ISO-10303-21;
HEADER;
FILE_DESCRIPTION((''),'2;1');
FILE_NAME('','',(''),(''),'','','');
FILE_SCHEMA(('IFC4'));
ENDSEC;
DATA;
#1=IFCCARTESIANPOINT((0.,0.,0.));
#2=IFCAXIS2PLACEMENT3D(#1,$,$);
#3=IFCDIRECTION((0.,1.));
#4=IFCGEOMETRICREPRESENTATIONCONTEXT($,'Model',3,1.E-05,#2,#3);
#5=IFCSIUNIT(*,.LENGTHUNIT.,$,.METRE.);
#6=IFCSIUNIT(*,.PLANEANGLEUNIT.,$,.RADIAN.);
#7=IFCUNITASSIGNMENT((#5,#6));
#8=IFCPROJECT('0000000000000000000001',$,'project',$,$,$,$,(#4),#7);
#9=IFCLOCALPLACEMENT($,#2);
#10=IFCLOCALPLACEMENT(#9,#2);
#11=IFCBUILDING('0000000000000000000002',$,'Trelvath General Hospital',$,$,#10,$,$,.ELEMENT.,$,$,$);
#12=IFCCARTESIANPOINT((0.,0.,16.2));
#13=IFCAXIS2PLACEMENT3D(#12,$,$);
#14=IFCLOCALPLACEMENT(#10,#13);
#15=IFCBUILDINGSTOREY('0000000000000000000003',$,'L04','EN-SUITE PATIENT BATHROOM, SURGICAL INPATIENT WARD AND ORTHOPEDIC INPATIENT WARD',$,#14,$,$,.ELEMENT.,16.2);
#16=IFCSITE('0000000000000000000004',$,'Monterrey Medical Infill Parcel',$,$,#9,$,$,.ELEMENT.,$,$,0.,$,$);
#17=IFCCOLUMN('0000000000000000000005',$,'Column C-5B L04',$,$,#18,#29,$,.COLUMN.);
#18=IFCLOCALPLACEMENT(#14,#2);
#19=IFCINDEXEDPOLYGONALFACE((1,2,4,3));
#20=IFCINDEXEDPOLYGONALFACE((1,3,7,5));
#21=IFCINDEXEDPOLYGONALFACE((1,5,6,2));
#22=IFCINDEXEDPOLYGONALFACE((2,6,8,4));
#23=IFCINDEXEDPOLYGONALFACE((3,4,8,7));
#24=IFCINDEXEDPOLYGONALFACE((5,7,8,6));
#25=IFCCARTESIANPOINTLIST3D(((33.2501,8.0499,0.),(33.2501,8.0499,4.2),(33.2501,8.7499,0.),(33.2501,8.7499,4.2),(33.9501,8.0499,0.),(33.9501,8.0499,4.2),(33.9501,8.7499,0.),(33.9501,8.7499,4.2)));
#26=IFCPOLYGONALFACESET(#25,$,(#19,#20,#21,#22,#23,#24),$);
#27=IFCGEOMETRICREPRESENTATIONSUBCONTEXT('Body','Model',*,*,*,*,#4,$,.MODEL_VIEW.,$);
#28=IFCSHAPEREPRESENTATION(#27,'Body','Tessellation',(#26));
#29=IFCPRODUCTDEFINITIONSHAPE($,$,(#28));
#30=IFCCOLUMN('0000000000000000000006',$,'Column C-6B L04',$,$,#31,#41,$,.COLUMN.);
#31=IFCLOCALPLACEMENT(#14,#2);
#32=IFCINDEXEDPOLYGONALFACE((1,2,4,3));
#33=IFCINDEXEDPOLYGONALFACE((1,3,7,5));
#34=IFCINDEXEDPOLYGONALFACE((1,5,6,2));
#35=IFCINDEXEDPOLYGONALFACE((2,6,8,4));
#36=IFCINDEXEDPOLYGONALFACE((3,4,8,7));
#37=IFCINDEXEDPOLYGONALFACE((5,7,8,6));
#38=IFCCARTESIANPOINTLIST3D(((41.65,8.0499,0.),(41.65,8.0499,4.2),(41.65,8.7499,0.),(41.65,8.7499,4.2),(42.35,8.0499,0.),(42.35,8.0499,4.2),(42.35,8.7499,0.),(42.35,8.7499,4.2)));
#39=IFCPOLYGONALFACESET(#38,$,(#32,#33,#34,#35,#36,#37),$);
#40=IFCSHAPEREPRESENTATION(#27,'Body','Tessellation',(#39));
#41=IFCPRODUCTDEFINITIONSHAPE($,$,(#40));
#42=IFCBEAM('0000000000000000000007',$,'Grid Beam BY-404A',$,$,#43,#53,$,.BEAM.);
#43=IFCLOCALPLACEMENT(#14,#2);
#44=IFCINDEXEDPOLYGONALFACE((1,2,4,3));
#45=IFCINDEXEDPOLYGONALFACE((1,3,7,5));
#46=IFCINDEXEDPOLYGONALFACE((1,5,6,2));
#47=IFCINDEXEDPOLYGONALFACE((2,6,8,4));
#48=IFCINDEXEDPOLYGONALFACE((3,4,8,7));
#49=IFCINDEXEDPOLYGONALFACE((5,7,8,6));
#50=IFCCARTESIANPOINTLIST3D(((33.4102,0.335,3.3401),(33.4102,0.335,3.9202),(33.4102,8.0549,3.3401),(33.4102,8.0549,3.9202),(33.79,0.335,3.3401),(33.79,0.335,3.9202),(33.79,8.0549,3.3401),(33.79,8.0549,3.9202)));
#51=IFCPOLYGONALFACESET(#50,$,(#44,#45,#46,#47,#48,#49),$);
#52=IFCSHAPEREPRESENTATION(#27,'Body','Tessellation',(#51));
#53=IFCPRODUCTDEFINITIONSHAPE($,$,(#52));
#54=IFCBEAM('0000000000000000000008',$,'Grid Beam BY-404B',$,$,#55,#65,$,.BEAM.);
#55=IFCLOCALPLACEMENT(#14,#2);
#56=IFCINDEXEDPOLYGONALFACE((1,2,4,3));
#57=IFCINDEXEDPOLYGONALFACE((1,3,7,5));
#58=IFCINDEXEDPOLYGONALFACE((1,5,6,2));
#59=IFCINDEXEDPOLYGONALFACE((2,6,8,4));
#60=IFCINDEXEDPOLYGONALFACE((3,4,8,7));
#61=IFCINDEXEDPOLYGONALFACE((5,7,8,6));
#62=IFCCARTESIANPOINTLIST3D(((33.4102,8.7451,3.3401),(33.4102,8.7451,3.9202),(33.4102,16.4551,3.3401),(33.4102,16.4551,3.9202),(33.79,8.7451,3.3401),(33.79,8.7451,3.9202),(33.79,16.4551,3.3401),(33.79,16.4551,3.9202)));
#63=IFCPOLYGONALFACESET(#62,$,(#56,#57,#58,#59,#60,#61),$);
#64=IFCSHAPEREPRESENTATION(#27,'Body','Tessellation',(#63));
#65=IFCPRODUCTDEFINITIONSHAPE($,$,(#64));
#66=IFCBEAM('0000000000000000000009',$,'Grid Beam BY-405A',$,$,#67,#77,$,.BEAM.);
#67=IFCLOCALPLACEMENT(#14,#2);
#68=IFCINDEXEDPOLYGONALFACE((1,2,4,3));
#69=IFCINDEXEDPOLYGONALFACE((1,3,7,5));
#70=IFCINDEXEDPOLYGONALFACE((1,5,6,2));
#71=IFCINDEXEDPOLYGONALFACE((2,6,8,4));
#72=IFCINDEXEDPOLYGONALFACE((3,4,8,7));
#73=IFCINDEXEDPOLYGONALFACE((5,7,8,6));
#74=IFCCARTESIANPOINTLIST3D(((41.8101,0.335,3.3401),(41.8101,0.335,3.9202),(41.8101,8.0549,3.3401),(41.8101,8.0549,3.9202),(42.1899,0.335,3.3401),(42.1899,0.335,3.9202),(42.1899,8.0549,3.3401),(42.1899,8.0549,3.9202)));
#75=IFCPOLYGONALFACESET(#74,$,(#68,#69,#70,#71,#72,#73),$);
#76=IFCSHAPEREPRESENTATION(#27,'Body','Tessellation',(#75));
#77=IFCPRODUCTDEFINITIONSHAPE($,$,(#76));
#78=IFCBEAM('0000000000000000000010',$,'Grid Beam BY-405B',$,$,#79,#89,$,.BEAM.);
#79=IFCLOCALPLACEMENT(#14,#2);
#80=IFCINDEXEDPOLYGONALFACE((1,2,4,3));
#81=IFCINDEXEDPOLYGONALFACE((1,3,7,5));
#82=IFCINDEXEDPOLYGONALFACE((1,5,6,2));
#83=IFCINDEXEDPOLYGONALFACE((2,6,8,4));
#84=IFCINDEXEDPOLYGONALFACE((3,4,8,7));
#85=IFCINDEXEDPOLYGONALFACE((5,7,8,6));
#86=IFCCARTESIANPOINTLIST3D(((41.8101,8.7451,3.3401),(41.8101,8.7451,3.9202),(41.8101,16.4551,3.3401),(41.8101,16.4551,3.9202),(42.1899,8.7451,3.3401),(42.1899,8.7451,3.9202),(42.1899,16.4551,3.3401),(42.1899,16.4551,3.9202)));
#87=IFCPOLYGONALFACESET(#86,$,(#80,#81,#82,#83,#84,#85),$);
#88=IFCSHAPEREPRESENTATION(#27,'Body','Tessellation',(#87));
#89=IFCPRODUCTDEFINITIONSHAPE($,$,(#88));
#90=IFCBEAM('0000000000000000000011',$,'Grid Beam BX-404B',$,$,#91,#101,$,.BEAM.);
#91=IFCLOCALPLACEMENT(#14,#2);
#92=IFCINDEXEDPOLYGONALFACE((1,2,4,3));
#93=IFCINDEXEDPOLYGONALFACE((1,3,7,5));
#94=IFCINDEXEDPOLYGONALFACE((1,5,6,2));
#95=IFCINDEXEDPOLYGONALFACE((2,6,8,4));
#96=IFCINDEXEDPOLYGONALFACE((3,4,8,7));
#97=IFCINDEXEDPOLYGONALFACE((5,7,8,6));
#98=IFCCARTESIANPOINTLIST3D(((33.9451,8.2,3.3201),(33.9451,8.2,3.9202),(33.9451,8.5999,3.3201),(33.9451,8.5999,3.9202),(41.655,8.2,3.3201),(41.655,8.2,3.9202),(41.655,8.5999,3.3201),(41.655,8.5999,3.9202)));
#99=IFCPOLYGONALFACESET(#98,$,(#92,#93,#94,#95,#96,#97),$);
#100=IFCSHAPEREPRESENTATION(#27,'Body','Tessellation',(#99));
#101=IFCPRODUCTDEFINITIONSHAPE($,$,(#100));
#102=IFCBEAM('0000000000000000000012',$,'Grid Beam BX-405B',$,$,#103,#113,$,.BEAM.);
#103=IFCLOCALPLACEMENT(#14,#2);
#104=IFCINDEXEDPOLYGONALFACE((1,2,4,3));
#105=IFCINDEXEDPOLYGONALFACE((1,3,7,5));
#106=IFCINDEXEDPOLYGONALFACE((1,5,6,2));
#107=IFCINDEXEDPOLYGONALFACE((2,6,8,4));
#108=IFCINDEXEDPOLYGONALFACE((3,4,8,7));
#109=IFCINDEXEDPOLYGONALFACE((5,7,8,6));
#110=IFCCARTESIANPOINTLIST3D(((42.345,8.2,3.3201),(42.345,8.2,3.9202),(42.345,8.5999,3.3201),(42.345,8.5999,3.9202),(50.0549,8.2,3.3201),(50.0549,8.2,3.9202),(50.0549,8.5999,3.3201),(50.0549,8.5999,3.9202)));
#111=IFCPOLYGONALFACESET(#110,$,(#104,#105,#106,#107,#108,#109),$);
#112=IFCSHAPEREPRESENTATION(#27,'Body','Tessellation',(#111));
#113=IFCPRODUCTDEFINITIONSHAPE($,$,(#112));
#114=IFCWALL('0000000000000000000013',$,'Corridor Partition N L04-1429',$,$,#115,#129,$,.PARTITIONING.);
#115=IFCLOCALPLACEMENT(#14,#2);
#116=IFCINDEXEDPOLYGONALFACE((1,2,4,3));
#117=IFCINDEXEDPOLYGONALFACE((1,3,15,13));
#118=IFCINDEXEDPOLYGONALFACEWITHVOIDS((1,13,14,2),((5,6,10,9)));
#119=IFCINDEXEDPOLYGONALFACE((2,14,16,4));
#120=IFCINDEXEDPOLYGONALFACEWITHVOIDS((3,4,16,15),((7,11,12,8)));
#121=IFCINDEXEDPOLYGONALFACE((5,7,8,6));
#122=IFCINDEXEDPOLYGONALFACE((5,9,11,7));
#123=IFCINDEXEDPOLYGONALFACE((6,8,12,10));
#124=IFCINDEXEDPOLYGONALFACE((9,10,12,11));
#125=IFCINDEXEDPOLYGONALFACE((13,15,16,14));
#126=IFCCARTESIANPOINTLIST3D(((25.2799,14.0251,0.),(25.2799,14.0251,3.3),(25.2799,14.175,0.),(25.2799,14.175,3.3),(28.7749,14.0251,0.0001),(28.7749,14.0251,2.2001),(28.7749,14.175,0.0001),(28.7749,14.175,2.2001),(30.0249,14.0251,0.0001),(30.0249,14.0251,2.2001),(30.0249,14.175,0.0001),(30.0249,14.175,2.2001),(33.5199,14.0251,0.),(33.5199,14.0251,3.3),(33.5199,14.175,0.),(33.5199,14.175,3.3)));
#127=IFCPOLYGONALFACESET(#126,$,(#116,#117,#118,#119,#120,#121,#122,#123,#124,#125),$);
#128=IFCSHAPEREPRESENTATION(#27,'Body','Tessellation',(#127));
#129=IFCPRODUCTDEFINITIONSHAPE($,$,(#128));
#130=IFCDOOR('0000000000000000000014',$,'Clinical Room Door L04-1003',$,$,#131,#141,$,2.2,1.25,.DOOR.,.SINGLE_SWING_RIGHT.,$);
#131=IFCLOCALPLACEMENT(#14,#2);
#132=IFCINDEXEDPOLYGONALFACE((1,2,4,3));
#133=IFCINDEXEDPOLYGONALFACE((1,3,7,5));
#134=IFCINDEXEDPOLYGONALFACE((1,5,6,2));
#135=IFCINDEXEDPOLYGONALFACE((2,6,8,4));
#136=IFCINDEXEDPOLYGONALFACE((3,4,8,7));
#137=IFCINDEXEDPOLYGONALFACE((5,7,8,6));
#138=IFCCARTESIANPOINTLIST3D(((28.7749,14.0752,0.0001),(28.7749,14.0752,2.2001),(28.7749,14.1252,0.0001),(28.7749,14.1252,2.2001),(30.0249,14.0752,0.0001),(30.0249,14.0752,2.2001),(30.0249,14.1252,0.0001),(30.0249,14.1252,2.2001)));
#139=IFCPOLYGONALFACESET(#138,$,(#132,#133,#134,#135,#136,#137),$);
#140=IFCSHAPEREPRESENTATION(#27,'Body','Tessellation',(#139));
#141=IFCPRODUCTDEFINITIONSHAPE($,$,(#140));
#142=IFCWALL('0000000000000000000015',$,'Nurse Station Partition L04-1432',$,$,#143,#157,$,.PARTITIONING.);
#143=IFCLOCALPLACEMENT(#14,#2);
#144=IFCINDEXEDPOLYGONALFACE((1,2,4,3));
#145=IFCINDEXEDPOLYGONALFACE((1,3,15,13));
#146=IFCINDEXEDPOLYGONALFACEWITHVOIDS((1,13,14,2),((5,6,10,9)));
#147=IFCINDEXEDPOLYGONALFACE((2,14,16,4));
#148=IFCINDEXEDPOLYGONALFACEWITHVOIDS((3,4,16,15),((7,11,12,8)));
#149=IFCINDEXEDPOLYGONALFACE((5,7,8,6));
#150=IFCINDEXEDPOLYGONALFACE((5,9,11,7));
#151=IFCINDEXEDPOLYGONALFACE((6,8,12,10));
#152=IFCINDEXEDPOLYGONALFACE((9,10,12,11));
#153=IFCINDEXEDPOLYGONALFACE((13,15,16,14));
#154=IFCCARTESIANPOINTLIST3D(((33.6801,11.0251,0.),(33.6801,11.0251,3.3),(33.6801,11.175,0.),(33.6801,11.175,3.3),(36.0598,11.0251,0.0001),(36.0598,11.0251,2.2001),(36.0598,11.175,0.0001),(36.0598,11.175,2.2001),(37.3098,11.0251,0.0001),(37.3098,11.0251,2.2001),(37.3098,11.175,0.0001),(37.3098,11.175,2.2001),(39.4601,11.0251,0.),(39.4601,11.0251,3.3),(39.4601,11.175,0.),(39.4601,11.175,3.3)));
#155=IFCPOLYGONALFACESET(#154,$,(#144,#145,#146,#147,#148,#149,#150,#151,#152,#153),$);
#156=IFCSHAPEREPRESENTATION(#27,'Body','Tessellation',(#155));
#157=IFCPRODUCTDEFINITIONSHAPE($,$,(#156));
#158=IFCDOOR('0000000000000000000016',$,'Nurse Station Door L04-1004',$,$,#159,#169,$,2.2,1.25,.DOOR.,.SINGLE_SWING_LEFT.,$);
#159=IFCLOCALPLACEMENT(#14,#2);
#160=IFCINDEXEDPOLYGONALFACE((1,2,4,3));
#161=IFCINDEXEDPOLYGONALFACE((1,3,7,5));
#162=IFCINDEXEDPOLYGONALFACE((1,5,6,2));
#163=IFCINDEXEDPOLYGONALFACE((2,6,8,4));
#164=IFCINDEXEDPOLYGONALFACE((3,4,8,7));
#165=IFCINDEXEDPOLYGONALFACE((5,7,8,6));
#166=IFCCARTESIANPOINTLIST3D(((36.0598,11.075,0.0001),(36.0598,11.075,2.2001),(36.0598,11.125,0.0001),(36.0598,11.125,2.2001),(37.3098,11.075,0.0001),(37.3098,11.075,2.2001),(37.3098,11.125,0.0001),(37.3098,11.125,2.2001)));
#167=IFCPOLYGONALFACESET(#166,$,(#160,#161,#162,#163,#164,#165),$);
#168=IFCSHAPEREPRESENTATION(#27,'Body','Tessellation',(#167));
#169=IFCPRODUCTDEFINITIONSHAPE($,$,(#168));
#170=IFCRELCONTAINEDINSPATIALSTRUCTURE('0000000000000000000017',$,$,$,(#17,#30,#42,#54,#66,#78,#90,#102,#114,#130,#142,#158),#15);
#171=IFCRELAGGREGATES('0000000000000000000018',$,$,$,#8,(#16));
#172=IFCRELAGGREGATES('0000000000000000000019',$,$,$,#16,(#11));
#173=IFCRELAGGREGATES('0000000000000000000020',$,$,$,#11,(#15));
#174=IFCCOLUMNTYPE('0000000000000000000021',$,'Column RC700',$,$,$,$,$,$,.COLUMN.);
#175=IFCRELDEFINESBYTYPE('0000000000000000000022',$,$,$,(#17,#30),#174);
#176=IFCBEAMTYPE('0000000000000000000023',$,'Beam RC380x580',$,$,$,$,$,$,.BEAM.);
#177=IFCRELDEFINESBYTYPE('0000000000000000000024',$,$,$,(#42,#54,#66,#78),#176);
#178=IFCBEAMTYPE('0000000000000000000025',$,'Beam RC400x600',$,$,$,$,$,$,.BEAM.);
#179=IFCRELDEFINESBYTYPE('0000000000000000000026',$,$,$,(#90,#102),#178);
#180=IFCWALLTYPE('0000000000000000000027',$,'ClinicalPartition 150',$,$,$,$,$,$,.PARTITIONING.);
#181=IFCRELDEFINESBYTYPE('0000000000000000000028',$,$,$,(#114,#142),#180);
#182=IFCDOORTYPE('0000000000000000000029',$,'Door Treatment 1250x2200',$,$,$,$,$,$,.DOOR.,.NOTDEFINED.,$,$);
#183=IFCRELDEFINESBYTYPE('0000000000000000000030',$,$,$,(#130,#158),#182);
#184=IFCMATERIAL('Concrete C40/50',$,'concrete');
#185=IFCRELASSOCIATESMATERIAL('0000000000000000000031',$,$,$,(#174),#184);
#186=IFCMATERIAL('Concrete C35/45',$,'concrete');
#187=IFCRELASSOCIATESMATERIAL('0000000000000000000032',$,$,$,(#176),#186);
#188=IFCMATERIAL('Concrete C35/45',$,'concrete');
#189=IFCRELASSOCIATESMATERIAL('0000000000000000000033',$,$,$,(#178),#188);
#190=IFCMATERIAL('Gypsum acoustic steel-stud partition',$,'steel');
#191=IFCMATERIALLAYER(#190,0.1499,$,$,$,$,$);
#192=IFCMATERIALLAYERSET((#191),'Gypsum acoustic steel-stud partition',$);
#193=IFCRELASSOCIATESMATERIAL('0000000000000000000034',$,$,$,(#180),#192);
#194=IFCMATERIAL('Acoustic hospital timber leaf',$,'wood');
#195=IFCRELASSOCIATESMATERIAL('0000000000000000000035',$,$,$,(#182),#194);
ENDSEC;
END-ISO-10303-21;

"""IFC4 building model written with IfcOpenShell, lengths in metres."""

from ifc_helpers import new_model, si_unit, direction, frame, frame_2d, origin, origin_2d, place, context, subcontext, project, spatial, rectangle, extrude, material, layer, layer_set, material_profile, profile_set, type_object, element, fill, save


model = new_model("IFC4")

# Units and contexts
model_context = context("Model", 3, precision=1e-05, world=origin(), true_north=direction((0.0, 1.0)))
body_context = subcontext(model_context, "Body", "Model", "MODEL_VIEW")
ifc_project = project(units=[si_unit("LENGTHUNIT", "METRE"), si_unit("PLANEANGLEUNIT", "RADIAN")], contexts=[model_context])

# Site, building, storey
site_placement = place(None, origin())
site = spatial("IfcSite", under=ifc_project, at=site_placement, Name="Monterrey Medical Infill Parcel", CompositionType="ELEMENT", RefElevation=0.0)
building_placement = place(site_placement, origin())
building = spatial("IfcBuilding", under=site, at=building_placement, Name="Trelvath General Hospital", CompositionType="ELEMENT")
storey_placement = place(building_placement, frame((0.0, 0.0, 16.2)))
storey = spatial("IfcBuildingStorey", under=building, at=storey_placement, Name="L04", Description="EN-SUITE PATIENT BATHROOM, SURGICAL INPATIENT WARD AND ORTHOPEDIC INPATIENT WARD", CompositionType="ELEMENT", Elevation=16.2)

# Columns
ifc_material_1 = material(Name="Concrete C40/50", Category="concrete")
ifc_material_profile_1 = material_profile(ifc_material_1, rectangle(XDim=0.7, YDim=0.7, at=origin_2d()), Name="RC700x700")
ifc_profile_set_1 = profile_set([ifc_material_profile_1], Name="Concrete C40/50")
column_type = type_object("IfcColumnType", Name="Column RC700", PredefinedType="COLUMN", material=ifc_profile_set_1)
for number, where, z_axis, x_axis, name in (
    (1, (33.6001, 8.3999, 0.0), (0.0, 0.0, 1.0), (1.0, 0.0, 0.0), "Column C-5B L04"),
    (2, (42.0, 8.3999, 0.0), (0.0, 0.0, 1.0), (1.0, 0.0, 0.0), "Column C-6B L04"),
):
    element("IfcColumn", number, at=place(storey_placement, frame(where, z_axis=z_axis, x_axis=x_axis)), inside=storey, type_object=column_type, Name=name, PredefinedType="COLUMN", context=body_context, shape_type="SweptSolid", body=[
        extrude(rectangle(XDim=0.7, YDim=0.7, at=origin_2d()), origin(), (0.0, 0.0, 1.0), 4.2),
    ])

# Beams
ifc_material_2 = material(Name="Concrete C35/45", Category="concrete")
ifc_material_profile_2 = material_profile(ifc_material_2, rectangle(XDim=0.3799, YDim=0.5801, at=origin_2d()), Name="RCB380x580")
ifc_profile_set_2 = profile_set([ifc_material_profile_2], Name="Concrete C35/45")
beam_type_1 = type_object("IfcBeamType", Name="Beam RC380x580", PredefinedType="BEAM", material=ifc_profile_set_2)
beam_1_placement = place(storey_placement, frame((33.6001, 0.335, 3.6301), z_axis=(0.0, 1.0, 0.0), x_axis=(-1.0, 0.0, 0.0)))
element("IfcBeam", 3, at=beam_1_placement, inside=storey, type_object=beam_type_1, Name="Grid Beam BY-404A", PredefinedType="BEAM", context=body_context, shape_type="SweptSolid", body=[
    extrude(rectangle(XDim=0.3799, YDim=0.5801, at=origin_2d()), origin(), (0.0, 0.0, 1.0), 7.72),
])
beam_2_placement = place(storey_placement, frame((33.6001, 8.7451, 3.6301), z_axis=(0.0, 1.0, 0.0), x_axis=(-1.0, 0.0, 0.0)))
element("IfcBeam", 4, at=beam_2_placement, inside=storey, type_object=beam_type_1, Name="Grid Beam BY-404B", PredefinedType="BEAM", context=body_context, shape_type="SweptSolid", body=[
    extrude(rectangle(XDim=0.3799, YDim=0.5801, at=origin_2d()), origin(), (0.0, 0.0, 1.0), 7.71),
])
beam_3_placement = place(storey_placement, frame((42.0, 0.335, 3.6301), z_axis=(0.0, 1.0, 0.0), x_axis=(-1.0, 0.0, 0.0)))
element("IfcBeam", 5, at=beam_3_placement, inside=storey, type_object=beam_type_1, Name="Grid Beam BY-405A", PredefinedType="BEAM", context=body_context, shape_type="SweptSolid", body=[
    extrude(rectangle(XDim=0.3799, YDim=0.5801, at=origin_2d()), origin(), (0.0, 0.0, 1.0), 7.72),
])
beam_4_placement = place(storey_placement, frame((42.0, 8.7451, 3.6301), z_axis=(0.0, 1.0, 0.0), x_axis=(-1.0, 0.0, 0.0)))
element("IfcBeam", 6, at=beam_4_placement, inside=storey, type_object=beam_type_1, Name="Grid Beam BY-405B", PredefinedType="BEAM", context=body_context, shape_type="SweptSolid", body=[
    extrude(rectangle(XDim=0.3799, YDim=0.5801, at=origin_2d()), origin(), (0.0, 0.0, 1.0), 7.71),
])
ifc_material_3 = material(Name="Concrete C35/45", Category="concrete")
ifc_material_profile_3 = material_profile(ifc_material_3, rectangle(XDim=0.3999, YDim=0.6001, at=origin_2d()), Name="RCB400x600")
ifc_profile_set_3 = profile_set([ifc_material_profile_3], Name="Concrete C35/45")
beam_type_2 = type_object("IfcBeamType", Name="Beam RC400x600", PredefinedType="BEAM", material=ifc_profile_set_3)
for number, where, z_axis, x_axis, name in (
    (7, (33.9451, 8.3999, 3.6201), (1.0, 0.0, 0.0), (0.0, 1.0, 0.0), "Grid Beam BX-404B"),
    (8, (42.345, 8.3999, 3.6201), (1.0, 0.0, 0.0), (0.0, 1.0, 0.0), "Grid Beam BX-405B"),
):
    element("IfcBeam", number, at=place(storey_placement, frame(where, z_axis=z_axis, x_axis=x_axis)), inside=storey, type_object=beam_type_2, Name=name, PredefinedType="BEAM", context=body_context, shape_type="SweptSolid", body=[
        extrude(rectangle(XDim=0.3999, YDim=0.6001, at=origin_2d()), origin(), (0.0, 0.0, 1.0), 7.71),
    ])

# Walls, openings, doors
ifc_material_4 = material(Name="Gypsum acoustic steel-stud partition", Category="steel")
ifc_layer_1 = layer(ifc_material_4, 0.1499)
ifc_layer_set_1 = layer_set([ifc_layer_1], Name="Gypsum acoustic steel-stud partition")
wall_type_1 = type_object("IfcWallType", Name="ClinicalPartition 150", PredefinedType="PARTITIONING", material=ifc_layer_set_1)
wall_1_placement = place(storey_placement, frame((33.52, 14.1001, 0.0), z_axis=(0.0, 0.0, 1.0), x_axis=(-1.0, 0.0, 0.0)))
wall_1 = element("IfcWall", 9, at=wall_1_placement, inside=storey, type_object=wall_type_1, Name="Corridor Partition N L04-1429", PredefinedType="PARTITIONING", context=body_context, shape_type="SweptSolid", body=[
    extrude(rectangle(XDim=8.24, YDim=0.1499, at=frame_2d((4.1201, 0.0))), origin(), (0.0, 0.0, 1.0), 3.3),
])
opening_1_placement = place(wall_1_placement, frame((3.4951, 0.0, 0.0)))
opening_1 = element("IfcOpeningElement", 10, at=opening_1_placement, cuts=wall_1, PredefinedType="OPENING", context=body_context, shape_type="SweptSolid", body=[
    extrude(rectangle(XDim=1.25, YDim=2.2, at=frame_2d((0.625, 1.1001))), frame((0.0, 0.085, 0.0), z_axis=(0.0, -1.0, 0.0), x_axis=(1.0, 0.0, 0.0)), (0.0, 0.0, 1.0), 0.1699),
])
ifc_material_5 = material(Name="Acoustic hospital timber leaf", Category="wood")
door_type_1 = type_object("IfcDoorType", Name="Door Treatment 1250x2200", OperationType="NOTDEFINED", PredefinedType="DOOR", material=ifc_material_5)
door_1_placement = place(opening_1_placement, origin())
door_1 = element("IfcDoor", 11, at=door_1_placement, inside=storey, type_object=door_type_1, Name="Clinical Room Door L04-1003", OperationType="SINGLE_SWING_RIGHT", OverallHeight=2.2, OverallWidth=1.25, PredefinedType="DOOR", context=body_context, shape_type="SweptSolid", body=[
    extrude(rectangle(XDim=1.25, YDim=2.2, at=frame_2d((0.625, 1.1001))), frame((0.0, 0.0249, 0.0), z_axis=(0.0, -1.0, 0.0), x_axis=(1.0, 0.0, 0.0)), (0.0, 0.0, 1.0), 0.05),
])
fill(opening_1, door_1)
wall_2_placement = place(storey_placement, frame((33.6799, 11.1001, 0.0), z_axis=(0.0, 0.0, 1.0), x_axis=(1.0, 0.0, 0.0)))
wall_2 = element("IfcWall", 12, at=wall_2_placement, inside=storey, type_object=wall_type_1, Name="Nurse Station Partition L04-1432", PredefinedType="PARTITIONING", context=body_context, shape_type="SweptSolid", body=[
    extrude(rectangle(XDim=5.78, YDim=0.1499, at=frame_2d((2.8901, 0.0))), origin(), (0.0, 0.0, 1.0), 3.3),
])
opening_2_placement = place(wall_2_placement, frame((2.3799, 0.0, 0.0)))
opening_2 = element("IfcOpeningElement", 13, at=opening_2_placement, cuts=wall_2, PredefinedType="OPENING", context=body_context, shape_type="SweptSolid", body=[
    extrude(rectangle(XDim=1.25, YDim=2.2, at=frame_2d((0.625, 1.1001))), frame((0.0, 0.085, 0.0), z_axis=(0.0, -1.0, 0.0), x_axis=(1.0, 0.0, 0.0)), (0.0, 0.0, 1.0), 0.1699),
])
door_2_placement = place(opening_2_placement, origin())
door_2 = element("IfcDoor", 14, at=door_2_placement, inside=storey, type_object=door_type_1, Name="Nurse Station Door L04-1004", OperationType="SINGLE_SWING_LEFT", OverallHeight=2.2, OverallWidth=1.25, PredefinedType="DOOR", context=body_context, shape_type="SweptSolid", body=[
    extrude(rectangle(XDim=1.25, YDim=2.2, at=frame_2d((0.625, 1.1001))), frame((0.0, 0.0249, 0.0), z_axis=(0.0, -1.0, 0.0), x_axis=(1.0, 0.0, 0.0)), (0.0, 0.0, 1.0), 0.05),
])
fill(opening_2, door_2)

save(model, "model.ifc")
